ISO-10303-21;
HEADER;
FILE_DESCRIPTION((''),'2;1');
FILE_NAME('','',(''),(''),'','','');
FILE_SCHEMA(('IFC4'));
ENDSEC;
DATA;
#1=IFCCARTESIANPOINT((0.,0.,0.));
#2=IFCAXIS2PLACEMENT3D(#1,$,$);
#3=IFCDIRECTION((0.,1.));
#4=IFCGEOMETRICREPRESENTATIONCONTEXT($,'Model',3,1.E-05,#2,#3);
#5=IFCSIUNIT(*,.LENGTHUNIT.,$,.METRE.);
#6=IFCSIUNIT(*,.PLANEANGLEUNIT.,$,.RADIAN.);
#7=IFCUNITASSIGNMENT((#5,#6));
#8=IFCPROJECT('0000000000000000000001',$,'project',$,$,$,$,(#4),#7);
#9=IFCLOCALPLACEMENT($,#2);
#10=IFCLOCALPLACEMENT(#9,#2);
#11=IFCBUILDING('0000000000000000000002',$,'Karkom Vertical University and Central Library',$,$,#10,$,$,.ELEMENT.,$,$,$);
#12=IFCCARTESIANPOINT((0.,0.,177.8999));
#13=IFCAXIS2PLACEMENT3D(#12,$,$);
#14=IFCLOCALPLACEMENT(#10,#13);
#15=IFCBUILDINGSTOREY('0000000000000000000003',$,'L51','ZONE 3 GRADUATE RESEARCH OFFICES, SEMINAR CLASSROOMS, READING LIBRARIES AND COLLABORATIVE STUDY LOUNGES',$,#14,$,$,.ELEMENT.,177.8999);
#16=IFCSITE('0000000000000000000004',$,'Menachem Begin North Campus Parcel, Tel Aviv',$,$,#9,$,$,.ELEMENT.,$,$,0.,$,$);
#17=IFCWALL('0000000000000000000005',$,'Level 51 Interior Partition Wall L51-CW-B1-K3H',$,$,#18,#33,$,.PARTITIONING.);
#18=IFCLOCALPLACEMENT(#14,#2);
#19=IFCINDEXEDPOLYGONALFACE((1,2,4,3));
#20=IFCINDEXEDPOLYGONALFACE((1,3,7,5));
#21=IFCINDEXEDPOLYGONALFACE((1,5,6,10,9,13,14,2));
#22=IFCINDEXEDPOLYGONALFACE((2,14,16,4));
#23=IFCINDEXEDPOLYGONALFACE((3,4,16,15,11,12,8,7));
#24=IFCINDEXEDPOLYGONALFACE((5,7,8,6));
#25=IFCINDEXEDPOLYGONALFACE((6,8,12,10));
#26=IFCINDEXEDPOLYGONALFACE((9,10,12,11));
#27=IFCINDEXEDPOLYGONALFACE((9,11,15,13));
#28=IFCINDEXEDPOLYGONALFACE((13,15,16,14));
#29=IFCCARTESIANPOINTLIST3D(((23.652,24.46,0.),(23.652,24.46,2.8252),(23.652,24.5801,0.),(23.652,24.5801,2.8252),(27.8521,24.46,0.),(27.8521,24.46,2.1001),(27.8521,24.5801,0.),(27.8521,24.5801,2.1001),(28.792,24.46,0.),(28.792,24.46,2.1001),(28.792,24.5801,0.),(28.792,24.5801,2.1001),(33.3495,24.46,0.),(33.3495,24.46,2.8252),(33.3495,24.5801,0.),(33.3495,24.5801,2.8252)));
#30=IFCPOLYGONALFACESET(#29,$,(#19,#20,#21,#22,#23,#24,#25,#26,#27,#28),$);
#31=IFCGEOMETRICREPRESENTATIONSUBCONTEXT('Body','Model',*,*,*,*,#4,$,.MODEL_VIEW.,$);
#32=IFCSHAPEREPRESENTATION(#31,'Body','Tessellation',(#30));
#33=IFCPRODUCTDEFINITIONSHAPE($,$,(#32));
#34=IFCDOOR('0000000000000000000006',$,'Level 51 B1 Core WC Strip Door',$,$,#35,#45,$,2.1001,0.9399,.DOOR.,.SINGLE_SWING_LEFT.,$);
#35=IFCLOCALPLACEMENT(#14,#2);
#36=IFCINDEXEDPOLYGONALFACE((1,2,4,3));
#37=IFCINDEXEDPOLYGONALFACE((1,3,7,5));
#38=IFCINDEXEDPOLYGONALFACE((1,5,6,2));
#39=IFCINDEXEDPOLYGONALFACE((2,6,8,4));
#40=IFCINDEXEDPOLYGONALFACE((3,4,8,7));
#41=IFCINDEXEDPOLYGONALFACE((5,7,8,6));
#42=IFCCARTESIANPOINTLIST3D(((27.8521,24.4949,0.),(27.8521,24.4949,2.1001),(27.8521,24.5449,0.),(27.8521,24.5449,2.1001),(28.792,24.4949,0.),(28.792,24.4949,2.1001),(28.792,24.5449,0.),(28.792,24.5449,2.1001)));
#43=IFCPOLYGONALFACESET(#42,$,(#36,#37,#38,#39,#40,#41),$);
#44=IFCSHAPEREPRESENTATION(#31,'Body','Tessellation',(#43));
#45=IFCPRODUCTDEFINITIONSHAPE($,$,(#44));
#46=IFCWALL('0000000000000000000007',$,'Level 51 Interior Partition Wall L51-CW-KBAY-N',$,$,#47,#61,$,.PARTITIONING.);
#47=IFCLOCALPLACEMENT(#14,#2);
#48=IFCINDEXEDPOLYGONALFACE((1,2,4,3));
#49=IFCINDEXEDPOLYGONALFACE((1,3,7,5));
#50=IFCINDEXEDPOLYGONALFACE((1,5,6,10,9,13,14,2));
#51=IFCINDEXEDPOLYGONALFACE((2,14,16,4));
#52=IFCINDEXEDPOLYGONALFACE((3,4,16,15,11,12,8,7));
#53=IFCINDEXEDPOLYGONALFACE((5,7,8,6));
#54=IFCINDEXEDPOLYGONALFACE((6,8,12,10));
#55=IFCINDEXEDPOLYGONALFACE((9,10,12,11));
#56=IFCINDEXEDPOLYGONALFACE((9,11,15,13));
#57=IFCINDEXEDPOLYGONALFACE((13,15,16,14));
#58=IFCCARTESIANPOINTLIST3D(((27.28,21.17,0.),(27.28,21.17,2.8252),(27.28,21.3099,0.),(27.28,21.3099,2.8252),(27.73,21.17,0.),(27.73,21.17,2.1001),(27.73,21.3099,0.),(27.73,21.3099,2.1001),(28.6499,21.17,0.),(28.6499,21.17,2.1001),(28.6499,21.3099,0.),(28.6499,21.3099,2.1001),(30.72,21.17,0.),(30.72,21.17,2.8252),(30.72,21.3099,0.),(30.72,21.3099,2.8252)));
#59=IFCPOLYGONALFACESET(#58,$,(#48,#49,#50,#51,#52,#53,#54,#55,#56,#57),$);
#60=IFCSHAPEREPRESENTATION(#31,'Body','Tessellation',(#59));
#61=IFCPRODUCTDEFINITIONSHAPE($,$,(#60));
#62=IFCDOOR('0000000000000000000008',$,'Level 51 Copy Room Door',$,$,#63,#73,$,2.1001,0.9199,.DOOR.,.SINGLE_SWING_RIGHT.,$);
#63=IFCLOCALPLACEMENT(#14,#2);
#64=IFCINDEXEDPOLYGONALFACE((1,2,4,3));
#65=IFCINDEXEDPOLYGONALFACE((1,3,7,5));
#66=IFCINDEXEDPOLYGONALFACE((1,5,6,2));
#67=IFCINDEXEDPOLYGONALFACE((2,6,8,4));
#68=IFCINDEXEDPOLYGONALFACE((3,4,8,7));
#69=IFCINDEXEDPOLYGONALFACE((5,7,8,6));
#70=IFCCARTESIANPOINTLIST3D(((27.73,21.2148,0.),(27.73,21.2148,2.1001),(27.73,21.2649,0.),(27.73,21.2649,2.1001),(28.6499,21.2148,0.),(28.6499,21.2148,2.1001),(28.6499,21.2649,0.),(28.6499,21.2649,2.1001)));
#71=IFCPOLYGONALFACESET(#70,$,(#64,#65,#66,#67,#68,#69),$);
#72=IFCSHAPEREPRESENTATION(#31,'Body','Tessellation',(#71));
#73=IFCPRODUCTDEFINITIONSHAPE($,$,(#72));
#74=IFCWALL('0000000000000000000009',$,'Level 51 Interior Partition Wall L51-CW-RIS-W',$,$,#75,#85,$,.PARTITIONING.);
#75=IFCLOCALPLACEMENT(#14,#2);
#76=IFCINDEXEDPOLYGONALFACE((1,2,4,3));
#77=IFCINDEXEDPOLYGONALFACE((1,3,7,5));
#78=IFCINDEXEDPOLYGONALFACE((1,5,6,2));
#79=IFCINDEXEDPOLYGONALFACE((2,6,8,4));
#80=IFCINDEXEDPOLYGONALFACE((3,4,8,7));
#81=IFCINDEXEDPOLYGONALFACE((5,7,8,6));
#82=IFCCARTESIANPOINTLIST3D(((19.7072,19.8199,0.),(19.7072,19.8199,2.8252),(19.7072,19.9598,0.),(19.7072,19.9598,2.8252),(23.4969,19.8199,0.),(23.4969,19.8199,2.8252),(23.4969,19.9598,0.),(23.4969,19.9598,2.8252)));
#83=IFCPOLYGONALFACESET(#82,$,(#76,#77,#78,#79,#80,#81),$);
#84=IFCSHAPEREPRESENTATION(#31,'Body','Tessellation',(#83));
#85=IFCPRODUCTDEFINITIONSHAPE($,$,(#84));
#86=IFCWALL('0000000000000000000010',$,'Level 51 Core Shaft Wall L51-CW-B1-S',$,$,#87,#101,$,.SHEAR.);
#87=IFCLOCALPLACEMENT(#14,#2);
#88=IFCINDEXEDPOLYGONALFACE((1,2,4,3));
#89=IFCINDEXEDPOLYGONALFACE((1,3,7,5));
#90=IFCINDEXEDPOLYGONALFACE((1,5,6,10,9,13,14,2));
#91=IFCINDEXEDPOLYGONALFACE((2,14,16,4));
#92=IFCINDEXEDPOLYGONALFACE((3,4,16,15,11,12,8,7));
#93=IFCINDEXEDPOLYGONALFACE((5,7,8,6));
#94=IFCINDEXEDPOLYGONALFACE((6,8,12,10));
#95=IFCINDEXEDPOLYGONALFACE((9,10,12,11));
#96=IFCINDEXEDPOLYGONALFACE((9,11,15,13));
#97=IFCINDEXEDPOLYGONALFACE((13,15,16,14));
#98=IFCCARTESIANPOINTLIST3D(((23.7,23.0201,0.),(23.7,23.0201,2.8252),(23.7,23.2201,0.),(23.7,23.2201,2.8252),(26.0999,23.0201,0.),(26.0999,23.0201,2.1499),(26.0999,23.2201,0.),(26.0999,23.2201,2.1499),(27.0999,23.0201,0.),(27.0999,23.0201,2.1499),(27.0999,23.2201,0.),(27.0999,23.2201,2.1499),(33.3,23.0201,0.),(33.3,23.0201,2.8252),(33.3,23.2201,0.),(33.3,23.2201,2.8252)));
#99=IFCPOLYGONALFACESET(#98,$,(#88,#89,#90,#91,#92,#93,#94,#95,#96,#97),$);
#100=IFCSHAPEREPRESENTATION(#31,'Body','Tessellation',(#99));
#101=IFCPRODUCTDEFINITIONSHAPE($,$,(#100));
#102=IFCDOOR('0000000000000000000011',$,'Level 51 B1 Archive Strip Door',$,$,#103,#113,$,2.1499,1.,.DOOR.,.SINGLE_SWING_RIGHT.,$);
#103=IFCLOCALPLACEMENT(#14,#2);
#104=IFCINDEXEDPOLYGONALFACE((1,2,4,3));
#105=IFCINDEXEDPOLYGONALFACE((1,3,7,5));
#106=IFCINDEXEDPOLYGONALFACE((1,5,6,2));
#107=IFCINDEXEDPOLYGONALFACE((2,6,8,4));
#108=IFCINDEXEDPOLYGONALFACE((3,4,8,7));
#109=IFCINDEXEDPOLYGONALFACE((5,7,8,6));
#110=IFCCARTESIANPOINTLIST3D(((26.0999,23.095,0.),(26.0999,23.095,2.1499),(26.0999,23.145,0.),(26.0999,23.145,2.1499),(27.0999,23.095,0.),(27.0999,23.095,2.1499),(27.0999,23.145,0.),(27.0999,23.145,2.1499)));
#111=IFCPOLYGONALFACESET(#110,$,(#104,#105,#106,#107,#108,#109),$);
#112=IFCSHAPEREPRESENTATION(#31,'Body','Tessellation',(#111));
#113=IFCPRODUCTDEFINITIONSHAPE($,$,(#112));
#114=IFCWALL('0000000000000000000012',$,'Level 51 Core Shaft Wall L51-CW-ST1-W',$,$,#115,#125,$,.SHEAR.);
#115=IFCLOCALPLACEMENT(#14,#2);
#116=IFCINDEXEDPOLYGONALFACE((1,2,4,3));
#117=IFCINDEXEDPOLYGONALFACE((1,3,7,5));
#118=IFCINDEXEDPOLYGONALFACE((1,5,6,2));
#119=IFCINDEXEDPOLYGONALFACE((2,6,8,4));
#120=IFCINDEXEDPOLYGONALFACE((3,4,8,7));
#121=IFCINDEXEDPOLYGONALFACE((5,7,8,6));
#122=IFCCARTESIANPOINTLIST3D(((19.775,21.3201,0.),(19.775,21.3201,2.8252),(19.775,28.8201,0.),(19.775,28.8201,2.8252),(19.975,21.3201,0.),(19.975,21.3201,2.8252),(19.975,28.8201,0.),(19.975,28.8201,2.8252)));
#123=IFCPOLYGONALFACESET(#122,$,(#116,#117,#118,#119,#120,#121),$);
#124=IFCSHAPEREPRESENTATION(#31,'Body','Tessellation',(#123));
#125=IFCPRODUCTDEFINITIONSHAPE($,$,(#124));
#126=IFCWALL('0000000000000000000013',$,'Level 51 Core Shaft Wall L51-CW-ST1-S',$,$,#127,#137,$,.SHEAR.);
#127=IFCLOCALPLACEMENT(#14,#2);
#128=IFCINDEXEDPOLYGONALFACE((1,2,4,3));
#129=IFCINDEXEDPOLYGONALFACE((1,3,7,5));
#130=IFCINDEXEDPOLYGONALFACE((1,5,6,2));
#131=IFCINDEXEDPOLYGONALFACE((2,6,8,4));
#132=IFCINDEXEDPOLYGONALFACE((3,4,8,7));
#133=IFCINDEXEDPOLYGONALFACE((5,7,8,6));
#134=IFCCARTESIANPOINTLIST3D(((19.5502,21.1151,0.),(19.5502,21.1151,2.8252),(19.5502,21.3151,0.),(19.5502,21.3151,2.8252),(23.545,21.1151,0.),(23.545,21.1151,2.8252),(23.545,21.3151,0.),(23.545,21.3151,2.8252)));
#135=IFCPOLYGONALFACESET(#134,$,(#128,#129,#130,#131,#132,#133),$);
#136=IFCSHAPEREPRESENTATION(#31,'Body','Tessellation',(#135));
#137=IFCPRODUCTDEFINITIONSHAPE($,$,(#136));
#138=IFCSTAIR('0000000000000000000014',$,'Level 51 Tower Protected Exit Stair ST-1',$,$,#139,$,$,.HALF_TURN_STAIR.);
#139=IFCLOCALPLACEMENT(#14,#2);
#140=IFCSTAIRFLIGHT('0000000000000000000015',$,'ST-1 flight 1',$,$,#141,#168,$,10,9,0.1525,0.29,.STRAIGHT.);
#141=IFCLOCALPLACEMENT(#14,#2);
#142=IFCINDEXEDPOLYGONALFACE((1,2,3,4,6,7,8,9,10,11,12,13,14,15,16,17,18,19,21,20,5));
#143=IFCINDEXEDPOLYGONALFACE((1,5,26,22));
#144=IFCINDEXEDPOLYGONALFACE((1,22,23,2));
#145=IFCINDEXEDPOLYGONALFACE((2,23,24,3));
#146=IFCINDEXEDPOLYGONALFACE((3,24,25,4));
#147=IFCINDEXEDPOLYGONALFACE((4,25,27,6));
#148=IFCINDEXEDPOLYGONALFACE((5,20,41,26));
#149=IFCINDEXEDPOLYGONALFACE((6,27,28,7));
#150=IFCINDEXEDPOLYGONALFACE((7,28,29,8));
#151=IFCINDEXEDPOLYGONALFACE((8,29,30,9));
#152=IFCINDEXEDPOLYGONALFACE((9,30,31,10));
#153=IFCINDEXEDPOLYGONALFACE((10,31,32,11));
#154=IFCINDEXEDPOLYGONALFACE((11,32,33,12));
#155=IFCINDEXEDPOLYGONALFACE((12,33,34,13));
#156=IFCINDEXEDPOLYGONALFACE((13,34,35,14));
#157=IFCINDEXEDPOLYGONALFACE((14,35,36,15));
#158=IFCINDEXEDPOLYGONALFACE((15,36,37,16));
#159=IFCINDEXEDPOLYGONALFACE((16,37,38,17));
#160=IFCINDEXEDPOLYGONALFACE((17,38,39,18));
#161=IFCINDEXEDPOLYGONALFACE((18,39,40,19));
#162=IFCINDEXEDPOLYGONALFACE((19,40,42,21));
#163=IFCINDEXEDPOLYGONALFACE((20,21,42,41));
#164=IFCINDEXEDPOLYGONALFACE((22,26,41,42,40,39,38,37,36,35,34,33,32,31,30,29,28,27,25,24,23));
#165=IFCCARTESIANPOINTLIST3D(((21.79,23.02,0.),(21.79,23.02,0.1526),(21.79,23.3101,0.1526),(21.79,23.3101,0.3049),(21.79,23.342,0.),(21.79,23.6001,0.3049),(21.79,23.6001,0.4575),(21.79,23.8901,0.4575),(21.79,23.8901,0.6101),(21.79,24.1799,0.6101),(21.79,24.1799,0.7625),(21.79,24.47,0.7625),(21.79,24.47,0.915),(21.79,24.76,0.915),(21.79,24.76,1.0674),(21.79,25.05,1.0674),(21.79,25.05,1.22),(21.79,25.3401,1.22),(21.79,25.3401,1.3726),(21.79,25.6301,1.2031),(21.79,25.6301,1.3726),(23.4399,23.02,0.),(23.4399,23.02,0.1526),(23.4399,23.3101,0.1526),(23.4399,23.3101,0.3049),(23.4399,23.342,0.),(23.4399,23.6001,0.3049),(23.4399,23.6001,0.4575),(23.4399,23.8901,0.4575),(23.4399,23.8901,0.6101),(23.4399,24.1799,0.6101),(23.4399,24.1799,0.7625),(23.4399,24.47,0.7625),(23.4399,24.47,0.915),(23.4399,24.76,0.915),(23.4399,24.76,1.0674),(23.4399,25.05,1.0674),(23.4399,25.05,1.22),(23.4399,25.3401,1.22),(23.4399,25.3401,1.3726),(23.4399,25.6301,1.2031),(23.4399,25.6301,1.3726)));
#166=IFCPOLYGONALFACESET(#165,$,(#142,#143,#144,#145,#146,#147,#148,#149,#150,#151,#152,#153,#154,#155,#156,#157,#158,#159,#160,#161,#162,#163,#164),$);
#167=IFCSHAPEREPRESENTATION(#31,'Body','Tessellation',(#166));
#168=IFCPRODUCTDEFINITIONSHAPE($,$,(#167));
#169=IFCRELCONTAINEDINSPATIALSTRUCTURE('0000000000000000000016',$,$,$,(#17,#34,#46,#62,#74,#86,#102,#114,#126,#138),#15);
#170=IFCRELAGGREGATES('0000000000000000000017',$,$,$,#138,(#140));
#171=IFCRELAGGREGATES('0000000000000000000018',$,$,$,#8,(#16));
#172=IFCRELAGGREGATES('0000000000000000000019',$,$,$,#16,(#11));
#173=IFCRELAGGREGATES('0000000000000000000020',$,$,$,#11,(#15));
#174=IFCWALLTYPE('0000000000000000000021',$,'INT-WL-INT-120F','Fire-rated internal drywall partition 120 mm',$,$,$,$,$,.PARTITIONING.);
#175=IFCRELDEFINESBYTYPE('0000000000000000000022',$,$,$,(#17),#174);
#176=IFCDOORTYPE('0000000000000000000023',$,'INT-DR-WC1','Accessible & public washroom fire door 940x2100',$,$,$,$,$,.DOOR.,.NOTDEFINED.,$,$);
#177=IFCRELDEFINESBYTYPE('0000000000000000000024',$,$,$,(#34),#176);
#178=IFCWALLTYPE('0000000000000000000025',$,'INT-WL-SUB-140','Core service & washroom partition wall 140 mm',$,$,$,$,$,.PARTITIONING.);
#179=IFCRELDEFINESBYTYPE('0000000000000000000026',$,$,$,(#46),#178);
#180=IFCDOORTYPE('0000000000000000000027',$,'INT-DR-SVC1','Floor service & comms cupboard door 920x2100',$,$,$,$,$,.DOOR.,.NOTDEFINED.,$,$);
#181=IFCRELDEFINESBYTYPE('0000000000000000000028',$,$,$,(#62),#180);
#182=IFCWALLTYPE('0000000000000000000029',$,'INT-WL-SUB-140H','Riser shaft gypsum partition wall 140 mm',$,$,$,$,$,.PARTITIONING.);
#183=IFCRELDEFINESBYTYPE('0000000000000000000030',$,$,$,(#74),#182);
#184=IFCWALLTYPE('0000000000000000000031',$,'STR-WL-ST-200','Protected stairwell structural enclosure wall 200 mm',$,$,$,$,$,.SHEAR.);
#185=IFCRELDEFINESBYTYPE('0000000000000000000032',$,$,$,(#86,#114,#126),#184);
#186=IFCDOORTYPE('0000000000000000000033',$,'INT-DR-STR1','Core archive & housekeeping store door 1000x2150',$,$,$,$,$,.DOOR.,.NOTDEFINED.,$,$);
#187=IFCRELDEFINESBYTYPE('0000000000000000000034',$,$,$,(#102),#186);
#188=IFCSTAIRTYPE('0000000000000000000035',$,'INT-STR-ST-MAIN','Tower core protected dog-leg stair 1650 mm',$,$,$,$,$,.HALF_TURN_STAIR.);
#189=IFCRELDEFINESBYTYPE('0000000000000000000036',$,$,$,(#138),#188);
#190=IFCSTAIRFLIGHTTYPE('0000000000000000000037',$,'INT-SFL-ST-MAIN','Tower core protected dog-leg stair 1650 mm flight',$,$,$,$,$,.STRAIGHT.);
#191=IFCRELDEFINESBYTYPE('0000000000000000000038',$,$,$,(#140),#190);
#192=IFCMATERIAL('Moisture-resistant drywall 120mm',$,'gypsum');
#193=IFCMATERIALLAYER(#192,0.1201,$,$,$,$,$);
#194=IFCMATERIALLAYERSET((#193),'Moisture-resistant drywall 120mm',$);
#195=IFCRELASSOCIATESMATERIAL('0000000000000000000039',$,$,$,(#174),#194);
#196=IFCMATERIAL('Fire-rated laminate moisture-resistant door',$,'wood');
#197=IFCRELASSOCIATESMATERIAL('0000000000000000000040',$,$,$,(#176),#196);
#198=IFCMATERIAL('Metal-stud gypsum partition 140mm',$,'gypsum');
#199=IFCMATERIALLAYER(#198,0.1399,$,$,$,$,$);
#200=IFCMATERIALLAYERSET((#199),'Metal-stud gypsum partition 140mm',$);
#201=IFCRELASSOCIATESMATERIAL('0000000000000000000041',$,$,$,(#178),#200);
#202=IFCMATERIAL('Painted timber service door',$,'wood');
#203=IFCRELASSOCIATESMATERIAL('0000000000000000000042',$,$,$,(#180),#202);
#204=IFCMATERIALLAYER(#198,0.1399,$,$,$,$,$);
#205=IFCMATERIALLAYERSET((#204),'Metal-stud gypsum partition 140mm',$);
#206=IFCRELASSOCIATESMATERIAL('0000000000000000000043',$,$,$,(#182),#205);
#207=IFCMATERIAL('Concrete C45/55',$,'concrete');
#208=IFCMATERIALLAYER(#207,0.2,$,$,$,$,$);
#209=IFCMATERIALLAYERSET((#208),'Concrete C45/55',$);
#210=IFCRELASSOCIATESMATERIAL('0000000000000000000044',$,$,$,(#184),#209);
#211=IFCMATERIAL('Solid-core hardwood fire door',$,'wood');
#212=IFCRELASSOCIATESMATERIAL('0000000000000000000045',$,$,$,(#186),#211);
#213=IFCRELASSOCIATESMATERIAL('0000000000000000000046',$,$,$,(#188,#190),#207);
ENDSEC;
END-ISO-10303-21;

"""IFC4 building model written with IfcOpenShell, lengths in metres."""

from ifc_helpers import new_model, si_unit, direction, frame, frame_2d, origin, origin_with_axes, place, context, subcontext, project, spatial, polyline, rectangle, outline, extrude, source, transform, mapped, material, layer, layer_set, type_object, element, fill, aggregate, save


model = new_model("IFC4")

# Units and contexts
model_context = context("Model", 3, precision=1e-05, world=origin(), true_north=direction((0.0, 1.0)))
body_context = subcontext(model_context, "Body", "Model", "MODEL_VIEW")
ifc_project = project(units=[si_unit("LENGTHUNIT", "METRE"), si_unit("PLANEANGLEUNIT", "RADIAN")], contexts=[model_context])

# Site, building, storey
site_placement = place(None, origin())
site = spatial("IfcSite", under=ifc_project, at=site_placement, Name="Menachem Begin North Campus Parcel, Tel Aviv", CompositionType="ELEMENT", RefElevation=0.0)
building_placement = place(site_placement, origin())
building = spatial("IfcBuilding", under=site, at=building_placement, Name="Karkom Vertical University and Central Library", CompositionType="ELEMENT")
storey_placement = place(building_placement, frame((0.0, 0.0, 177.8999)))
storey = spatial("IfcBuildingStorey", under=building, at=storey_placement, Name="L51", Description="ZONE 3 GRADUATE RESEARCH OFFICES, SEMINAR CLASSROOMS, READING LIBRARIES AND COLLABORATIVE STUDY LOUNGES", CompositionType="ELEMENT", Elevation=177.8999)

# Walls, openings, doors
ifc_material_1 = material(Name="Moisture-resistant drywall 120mm", Category="gypsum")
ifc_layer_1 = layer(ifc_material_1, 0.1201)
ifc_layer_set_1 = layer_set([ifc_layer_1], Name="Moisture-resistant drywall 120mm")
wall_type_1 = type_object("IfcWallType", Name="INT-WL-INT-120F", Description="Fire-rated internal drywall partition 120 mm", PredefinedType="PARTITIONING", material=ifc_layer_set_1)
wall_1_placement = place(storey_placement, frame((23.6521, 24.52, 0.0), z_axis=(0.0, 0.0, 1.0), x_axis=(1.0, 0.0, 0.0)))
wall_1 = element("IfcWall", 1, at=wall_1_placement, inside=storey, type_object=wall_type_1, Name="Level 51 Interior Partition Wall L51-CW-B1-K3H", PredefinedType="PARTITIONING", context=body_context, shape_type="SweptSolid", body=[
    extrude(rectangle(XDim=9.6975, YDim=0.1201, at=frame_2d((4.8486, 0.0))), origin(), (0.0, 0.0, 1.0), 2.8252),
])
opening_1_placement = place(wall_1_placement, frame((4.2, 0.0, 0.0)))
opening_1 = element("IfcOpeningElement", 2, at=opening_1_placement, cuts=wall_1, PredefinedType="OPENING", context=body_context, shape_type="SweptSolid", body=[
    extrude(rectangle(XDim=0.9399, YDim=2.1001, at=frame_2d((0.47, 1.05))), frame((0.0, 0.0701, 0.0), z_axis=(0.0, -1.0, 0.0), x_axis=(1.0, 0.0, 0.0)), (0.0, 0.0, 1.0), 0.1401),
])
ifc_material_2 = material(Name="Fire-rated laminate moisture-resistant door", Category="wood")
door_type_1 = type_object("IfcDoorType", Name="INT-DR-WC1", Description="Accessible & public washroom fire door 940x2100", OperationType="NOTDEFINED", PredefinedType="DOOR", material=ifc_material_2)
shared_shape_1 = source(origin_with_axes(), body_context, "Body", "SweptSolid", [
    extrude(rectangle(XDim=0.9399, YDim=2.1001, at=frame_2d((0.47, 1.05))), frame((0.0, 0.0249, 0.0), z_axis=(0.0, -1.0, 0.0), x_axis=(1.0, 0.0, 0.0)), (0.0, 0.0, 1.0), 0.05),
])
door_1_placement = place(opening_1_placement, origin())
door_1 = element("IfcDoor", 3, at=door_1_placement, inside=storey, type_object=door_type_1, Name="Level 51 B1 Core WC Strip Door", OperationType="SINGLE_SWING_LEFT", OverallHeight=2.1001, OverallWidth=0.9399, PredefinedType="DOOR", context=body_context, shape_type="MappedRepresentation", body=[
    mapped(shared_shape_1, transform((0.0, 0.0, 0.0), scale=1.0)),
])
fill(opening_1, door_1)
ifc_material_3 = material(Name="Metal-stud gypsum partition 140mm", Category="gypsum")
ifc_layer_2 = layer(ifc_material_3, 0.1399)
ifc_layer_set_2 = layer_set([ifc_layer_2], Name="Metal-stud gypsum partition 140mm")
wall_type_2 = type_object("IfcWallType", Name="INT-WL-SUB-140", Description="Core service & washroom partition wall 140 mm", PredefinedType="PARTITIONING", material=ifc_layer_set_2)
wall_2_placement = place(storey_placement, frame((27.28, 21.24, 0.0), z_axis=(0.0, 0.0, 1.0), x_axis=(1.0, 0.0, 0.0)))
wall_2 = element("IfcWall", 4, at=wall_2_placement, inside=storey, type_object=wall_type_2, Name="Level 51 Interior Partition Wall L51-CW-KBAY-N", PredefinedType="PARTITIONING", context=body_context, shape_type="SweptSolid", body=[
    extrude(rectangle(XDim=3.4399, YDim=0.1399, at=frame_2d((1.72, 0.0))), origin(), (0.0, 0.0, 1.0), 2.8252),
])
opening_2_placement = place(wall_2_placement, frame((0.45, 0.0, 0.0)))
opening_2 = element("IfcOpeningElement", 5, at=opening_2_placement, cuts=wall_2, PredefinedType="OPENING", context=body_context, shape_type="SweptSolid", body=[
    extrude(rectangle(XDim=0.9199, YDim=2.1001, at=frame_2d((0.46, 1.05))), frame((0.0, 0.0801, 0.0), z_axis=(0.0, -1.0, 0.0), x_axis=(1.0, 0.0, 0.0)), (0.0, 0.0, 1.0), 0.1599),
])
ifc_material_4 = material(Name="Painted timber service door", Category="wood")
door_type_2 = type_object("IfcDoorType", Name="INT-DR-SVC1", Description="Floor service & comms cupboard door 920x2100", OperationType="NOTDEFINED", PredefinedType="DOOR", material=ifc_material_4)
shared_shape_2 = source(origin_with_axes(), body_context, "Body", "SweptSolid", [
    extrude(rectangle(XDim=0.9199, YDim=2.1001, at=frame_2d((0.46, 1.05))), frame((0.0, 0.0249, 0.0), z_axis=(0.0, -1.0, 0.0), x_axis=(1.0, 0.0, 0.0)), (0.0, 0.0, 1.0), 0.05),
])
door_2_placement = place(opening_2_placement, origin())
door_2 = element("IfcDoor", 6, at=door_2_placement, inside=storey, type_object=door_type_2, Name="Level 51 Copy Room Door", OperationType="SINGLE_SWING_RIGHT", OverallHeight=2.1001, OverallWidth=0.9199, PredefinedType="DOOR", context=body_context, shape_type="MappedRepresentation", body=[
    mapped(shared_shape_2, transform((0.0, 0.0, 0.0), scale=1.0)),
])
fill(opening_2, door_2)

# Wall
ifc_layer_3 = layer(ifc_material_3, 0.1399)
ifc_layer_set_3 = layer_set([ifc_layer_3], Name="Metal-stud gypsum partition 140mm")
wall_type_3 = type_object("IfcWallType", Name="INT-WL-SUB-140H", Description="Riser shaft gypsum partition wall 140 mm", PredefinedType="PARTITIONING", material=ifc_layer_set_3)
wall_3_placement = place(storey_placement, frame((19.707, 19.8899, 0.0), z_axis=(0.0, 0.0, 1.0), x_axis=(1.0, 0.0, 0.0)))
element("IfcWall", 7, at=wall_3_placement, inside=storey, type_object=wall_type_3, Name="Level 51 Interior Partition Wall L51-CW-RIS-W", PredefinedType="PARTITIONING", context=body_context, shape_type="SweptSolid", body=[
    extrude(rectangle(XDim=3.7898, YDim=0.1399, at=frame_2d((1.895, 0.0))), origin(), (0.0, 0.0, 1.0), 2.8252),
])

# Shared definitions
ifc_material_5 = material(Name="Concrete C45/55", Category="concrete")
ifc_layer_4 = layer(ifc_material_5, 0.2)
ifc_layer_set_4 = layer_set([ifc_layer_4], Name="Concrete C45/55")
wall_type_4 = type_object("IfcWallType", Name="STR-WL-ST-200", Description="Protected stairwell structural enclosure wall 200 mm", PredefinedType="SHEAR", material=ifc_layer_set_4)

# Wall, opening, door
wall_4_placement = place(storey_placement, frame((23.7, 23.1201, 0.0), z_axis=(0.0, 0.0, 1.0), x_axis=(1.0, 0.0, 0.0)))
wall_4 = element("IfcWall", 8, at=wall_4_placement, inside=storey, type_object=wall_type_4, Name="Level 51 Core Shaft Wall L51-CW-B1-S", PredefinedType="SHEAR", context=body_context, shape_type="SweptSolid", body=[
    extrude(rectangle(XDim=9.6001, YDim=0.2, at=frame_2d((4.8, 0.0))), origin(), (0.0, 0.0, 1.0), 2.8252),
])
opening_3_placement = place(wall_4_placement, frame((2.3999, 0.0, 0.0)))
opening_3 = element("IfcOpeningElement", 9, at=opening_3_placement, cuts=wall_4, PredefinedType="OPENING", context=body_context, shape_type="SweptSolid", body=[
    extrude(rectangle(XDim=1.0, YDim=2.1499, at=frame_2d((0.5, 1.075))), frame((0.0, 0.1099, 0.0), z_axis=(0.0, -1.0, 0.0), x_axis=(1.0, 0.0, 0.0)), (0.0, 0.0, 1.0), 0.22),
])
ifc_material_6 = material(Name="Solid-core hardwood fire door", Category="wood")
door_type_3 = type_object("IfcDoorType", Name="INT-DR-STR1", Description="Core archive & housekeeping store door 1000x2150", OperationType="NOTDEFINED", PredefinedType="DOOR", material=ifc_material_6)
shared_shape_3 = source(origin_with_axes(), body_context, "Body", "SweptSolid", [
    extrude(rectangle(XDim=1.0, YDim=2.1499, at=frame_2d((0.5, 1.075))), frame((0.0, 0.0249, 0.0), z_axis=(0.0, -1.0, 0.0), x_axis=(1.0, 0.0, 0.0)), (0.0, 0.0, 1.0), 0.05),
])
door_3_placement = place(opening_3_placement, origin())
door_3 = element("IfcDoor", 10, at=door_3_placement, inside=storey, type_object=door_type_3, Name="Level 51 B1 Archive Strip Door", OperationType="SINGLE_SWING_RIGHT", OverallHeight=2.1499, OverallWidth=1.0, PredefinedType="DOOR", context=body_context, shape_type="MappedRepresentation", body=[
    mapped(shared_shape_3, transform((0.0, 0.0, 0.0), scale=1.0)),
])
fill(opening_3, door_3)

# Walls
wall_5_placement = place(storey_placement, frame((19.875, 21.3201, 0.0), z_axis=(0.0, 0.0, 1.0), x_axis=(0.0, 1.0, 0.0)))
element("IfcWall", 11, at=wall_5_placement, inside=storey, type_object=wall_type_4, Name="Level 51 Core Shaft Wall L51-CW-ST1-W", PredefinedType="SHEAR", context=body_context, shape_type="SweptSolid", body=[
    extrude(rectangle(XDim=7.5, YDim=0.2, at=frame_2d((3.75, 0.0))), origin(), (0.0, 0.0, 1.0), 2.8252),
])
wall_6_placement = place(storey_placement, frame((19.55, 21.2151, 0.0), z_axis=(0.0, 0.0, 1.0), x_axis=(1.0, 0.0, 0.0)))
element("IfcWall", 12, at=wall_6_placement, inside=storey, type_object=wall_type_4, Name="Level 51 Core Shaft Wall L51-CW-ST1-S", PredefinedType="SHEAR", context=body_context, shape_type="SweptSolid", body=[
    extrude(rectangle(XDim=3.9949, YDim=0.2, at=frame_2d((1.9976, 0.0))), origin(), (0.0, 0.0, 1.0), 2.8252),
])

# Stair, stair flight
stair_type = type_object("IfcStairType", Name="INT-STR-ST-MAIN", Description="Tower core protected dog-leg stair 1650 mm", PredefinedType="HALF_TURN_STAIR", material=ifc_material_5)
stair_placement = place(storey_placement, origin())
stair = element("IfcStair", 13, at=stair_placement, inside=storey, type_object=stair_type, Name="Level 51 Tower Protected Exit Stair ST-1", PredefinedType="HALF_TURN_STAIR")
stair_flight_type = type_object("IfcStairFlightType", Name="INT-SFL-ST-MAIN", Description="Tower core protected dog-leg stair 1650 mm flight", PredefinedType="STRAIGHT", material=ifc_material_5)
stair_flight_placement = place(storey_placement, frame((22.615, 23.02, 0.0), z_axis=(0.0, 0.0, 1.0), x_axis=(0.0, 1.0, 0.0)))
stair_flight = element("IfcStairFlight", 14, at=stair_flight_placement, type_object=stair_flight_type, Name="ST-1 flight 1", NumberOfRisers=10, NumberOfTreads=9, PredefinedType="STRAIGHT", RiserHeight=0.1525, TreadLength=0.29, context=body_context, shape_type="SweptSolid", body=[
    extrude(outline(polyline([(0.0, 0.0), (0.0, 0.1526), (0.29, 0.1526), (0.29, 0.3049), (0.5801, 0.3049), (0.5801, 0.4575), (0.8701, 0.4575), (0.8701, 0.6101), (1.1599, 0.6101), (1.1599, 0.7625), (1.45, 0.7625), (1.45, 0.915), (1.74, 0.915), (1.74, 1.0674), (2.03, 1.0674), (2.03, 1.22), (2.3201, 1.22), (2.3201, 1.3726), (2.6101, 1.3726), (2.6101, 1.5249), (2.6101, 1.2031), (0.322, 0.0), (0.0, 0.0)])), frame((0.0, 0.825, 0.0), z_axis=(0.0, -1.0, 0.0), x_axis=(1.0, 0.0, 0.0)), (0.0, 0.0, 1.0), 1.6499),
])
aggregate(stair, [stair_flight])

save(model, "model.ifc")
